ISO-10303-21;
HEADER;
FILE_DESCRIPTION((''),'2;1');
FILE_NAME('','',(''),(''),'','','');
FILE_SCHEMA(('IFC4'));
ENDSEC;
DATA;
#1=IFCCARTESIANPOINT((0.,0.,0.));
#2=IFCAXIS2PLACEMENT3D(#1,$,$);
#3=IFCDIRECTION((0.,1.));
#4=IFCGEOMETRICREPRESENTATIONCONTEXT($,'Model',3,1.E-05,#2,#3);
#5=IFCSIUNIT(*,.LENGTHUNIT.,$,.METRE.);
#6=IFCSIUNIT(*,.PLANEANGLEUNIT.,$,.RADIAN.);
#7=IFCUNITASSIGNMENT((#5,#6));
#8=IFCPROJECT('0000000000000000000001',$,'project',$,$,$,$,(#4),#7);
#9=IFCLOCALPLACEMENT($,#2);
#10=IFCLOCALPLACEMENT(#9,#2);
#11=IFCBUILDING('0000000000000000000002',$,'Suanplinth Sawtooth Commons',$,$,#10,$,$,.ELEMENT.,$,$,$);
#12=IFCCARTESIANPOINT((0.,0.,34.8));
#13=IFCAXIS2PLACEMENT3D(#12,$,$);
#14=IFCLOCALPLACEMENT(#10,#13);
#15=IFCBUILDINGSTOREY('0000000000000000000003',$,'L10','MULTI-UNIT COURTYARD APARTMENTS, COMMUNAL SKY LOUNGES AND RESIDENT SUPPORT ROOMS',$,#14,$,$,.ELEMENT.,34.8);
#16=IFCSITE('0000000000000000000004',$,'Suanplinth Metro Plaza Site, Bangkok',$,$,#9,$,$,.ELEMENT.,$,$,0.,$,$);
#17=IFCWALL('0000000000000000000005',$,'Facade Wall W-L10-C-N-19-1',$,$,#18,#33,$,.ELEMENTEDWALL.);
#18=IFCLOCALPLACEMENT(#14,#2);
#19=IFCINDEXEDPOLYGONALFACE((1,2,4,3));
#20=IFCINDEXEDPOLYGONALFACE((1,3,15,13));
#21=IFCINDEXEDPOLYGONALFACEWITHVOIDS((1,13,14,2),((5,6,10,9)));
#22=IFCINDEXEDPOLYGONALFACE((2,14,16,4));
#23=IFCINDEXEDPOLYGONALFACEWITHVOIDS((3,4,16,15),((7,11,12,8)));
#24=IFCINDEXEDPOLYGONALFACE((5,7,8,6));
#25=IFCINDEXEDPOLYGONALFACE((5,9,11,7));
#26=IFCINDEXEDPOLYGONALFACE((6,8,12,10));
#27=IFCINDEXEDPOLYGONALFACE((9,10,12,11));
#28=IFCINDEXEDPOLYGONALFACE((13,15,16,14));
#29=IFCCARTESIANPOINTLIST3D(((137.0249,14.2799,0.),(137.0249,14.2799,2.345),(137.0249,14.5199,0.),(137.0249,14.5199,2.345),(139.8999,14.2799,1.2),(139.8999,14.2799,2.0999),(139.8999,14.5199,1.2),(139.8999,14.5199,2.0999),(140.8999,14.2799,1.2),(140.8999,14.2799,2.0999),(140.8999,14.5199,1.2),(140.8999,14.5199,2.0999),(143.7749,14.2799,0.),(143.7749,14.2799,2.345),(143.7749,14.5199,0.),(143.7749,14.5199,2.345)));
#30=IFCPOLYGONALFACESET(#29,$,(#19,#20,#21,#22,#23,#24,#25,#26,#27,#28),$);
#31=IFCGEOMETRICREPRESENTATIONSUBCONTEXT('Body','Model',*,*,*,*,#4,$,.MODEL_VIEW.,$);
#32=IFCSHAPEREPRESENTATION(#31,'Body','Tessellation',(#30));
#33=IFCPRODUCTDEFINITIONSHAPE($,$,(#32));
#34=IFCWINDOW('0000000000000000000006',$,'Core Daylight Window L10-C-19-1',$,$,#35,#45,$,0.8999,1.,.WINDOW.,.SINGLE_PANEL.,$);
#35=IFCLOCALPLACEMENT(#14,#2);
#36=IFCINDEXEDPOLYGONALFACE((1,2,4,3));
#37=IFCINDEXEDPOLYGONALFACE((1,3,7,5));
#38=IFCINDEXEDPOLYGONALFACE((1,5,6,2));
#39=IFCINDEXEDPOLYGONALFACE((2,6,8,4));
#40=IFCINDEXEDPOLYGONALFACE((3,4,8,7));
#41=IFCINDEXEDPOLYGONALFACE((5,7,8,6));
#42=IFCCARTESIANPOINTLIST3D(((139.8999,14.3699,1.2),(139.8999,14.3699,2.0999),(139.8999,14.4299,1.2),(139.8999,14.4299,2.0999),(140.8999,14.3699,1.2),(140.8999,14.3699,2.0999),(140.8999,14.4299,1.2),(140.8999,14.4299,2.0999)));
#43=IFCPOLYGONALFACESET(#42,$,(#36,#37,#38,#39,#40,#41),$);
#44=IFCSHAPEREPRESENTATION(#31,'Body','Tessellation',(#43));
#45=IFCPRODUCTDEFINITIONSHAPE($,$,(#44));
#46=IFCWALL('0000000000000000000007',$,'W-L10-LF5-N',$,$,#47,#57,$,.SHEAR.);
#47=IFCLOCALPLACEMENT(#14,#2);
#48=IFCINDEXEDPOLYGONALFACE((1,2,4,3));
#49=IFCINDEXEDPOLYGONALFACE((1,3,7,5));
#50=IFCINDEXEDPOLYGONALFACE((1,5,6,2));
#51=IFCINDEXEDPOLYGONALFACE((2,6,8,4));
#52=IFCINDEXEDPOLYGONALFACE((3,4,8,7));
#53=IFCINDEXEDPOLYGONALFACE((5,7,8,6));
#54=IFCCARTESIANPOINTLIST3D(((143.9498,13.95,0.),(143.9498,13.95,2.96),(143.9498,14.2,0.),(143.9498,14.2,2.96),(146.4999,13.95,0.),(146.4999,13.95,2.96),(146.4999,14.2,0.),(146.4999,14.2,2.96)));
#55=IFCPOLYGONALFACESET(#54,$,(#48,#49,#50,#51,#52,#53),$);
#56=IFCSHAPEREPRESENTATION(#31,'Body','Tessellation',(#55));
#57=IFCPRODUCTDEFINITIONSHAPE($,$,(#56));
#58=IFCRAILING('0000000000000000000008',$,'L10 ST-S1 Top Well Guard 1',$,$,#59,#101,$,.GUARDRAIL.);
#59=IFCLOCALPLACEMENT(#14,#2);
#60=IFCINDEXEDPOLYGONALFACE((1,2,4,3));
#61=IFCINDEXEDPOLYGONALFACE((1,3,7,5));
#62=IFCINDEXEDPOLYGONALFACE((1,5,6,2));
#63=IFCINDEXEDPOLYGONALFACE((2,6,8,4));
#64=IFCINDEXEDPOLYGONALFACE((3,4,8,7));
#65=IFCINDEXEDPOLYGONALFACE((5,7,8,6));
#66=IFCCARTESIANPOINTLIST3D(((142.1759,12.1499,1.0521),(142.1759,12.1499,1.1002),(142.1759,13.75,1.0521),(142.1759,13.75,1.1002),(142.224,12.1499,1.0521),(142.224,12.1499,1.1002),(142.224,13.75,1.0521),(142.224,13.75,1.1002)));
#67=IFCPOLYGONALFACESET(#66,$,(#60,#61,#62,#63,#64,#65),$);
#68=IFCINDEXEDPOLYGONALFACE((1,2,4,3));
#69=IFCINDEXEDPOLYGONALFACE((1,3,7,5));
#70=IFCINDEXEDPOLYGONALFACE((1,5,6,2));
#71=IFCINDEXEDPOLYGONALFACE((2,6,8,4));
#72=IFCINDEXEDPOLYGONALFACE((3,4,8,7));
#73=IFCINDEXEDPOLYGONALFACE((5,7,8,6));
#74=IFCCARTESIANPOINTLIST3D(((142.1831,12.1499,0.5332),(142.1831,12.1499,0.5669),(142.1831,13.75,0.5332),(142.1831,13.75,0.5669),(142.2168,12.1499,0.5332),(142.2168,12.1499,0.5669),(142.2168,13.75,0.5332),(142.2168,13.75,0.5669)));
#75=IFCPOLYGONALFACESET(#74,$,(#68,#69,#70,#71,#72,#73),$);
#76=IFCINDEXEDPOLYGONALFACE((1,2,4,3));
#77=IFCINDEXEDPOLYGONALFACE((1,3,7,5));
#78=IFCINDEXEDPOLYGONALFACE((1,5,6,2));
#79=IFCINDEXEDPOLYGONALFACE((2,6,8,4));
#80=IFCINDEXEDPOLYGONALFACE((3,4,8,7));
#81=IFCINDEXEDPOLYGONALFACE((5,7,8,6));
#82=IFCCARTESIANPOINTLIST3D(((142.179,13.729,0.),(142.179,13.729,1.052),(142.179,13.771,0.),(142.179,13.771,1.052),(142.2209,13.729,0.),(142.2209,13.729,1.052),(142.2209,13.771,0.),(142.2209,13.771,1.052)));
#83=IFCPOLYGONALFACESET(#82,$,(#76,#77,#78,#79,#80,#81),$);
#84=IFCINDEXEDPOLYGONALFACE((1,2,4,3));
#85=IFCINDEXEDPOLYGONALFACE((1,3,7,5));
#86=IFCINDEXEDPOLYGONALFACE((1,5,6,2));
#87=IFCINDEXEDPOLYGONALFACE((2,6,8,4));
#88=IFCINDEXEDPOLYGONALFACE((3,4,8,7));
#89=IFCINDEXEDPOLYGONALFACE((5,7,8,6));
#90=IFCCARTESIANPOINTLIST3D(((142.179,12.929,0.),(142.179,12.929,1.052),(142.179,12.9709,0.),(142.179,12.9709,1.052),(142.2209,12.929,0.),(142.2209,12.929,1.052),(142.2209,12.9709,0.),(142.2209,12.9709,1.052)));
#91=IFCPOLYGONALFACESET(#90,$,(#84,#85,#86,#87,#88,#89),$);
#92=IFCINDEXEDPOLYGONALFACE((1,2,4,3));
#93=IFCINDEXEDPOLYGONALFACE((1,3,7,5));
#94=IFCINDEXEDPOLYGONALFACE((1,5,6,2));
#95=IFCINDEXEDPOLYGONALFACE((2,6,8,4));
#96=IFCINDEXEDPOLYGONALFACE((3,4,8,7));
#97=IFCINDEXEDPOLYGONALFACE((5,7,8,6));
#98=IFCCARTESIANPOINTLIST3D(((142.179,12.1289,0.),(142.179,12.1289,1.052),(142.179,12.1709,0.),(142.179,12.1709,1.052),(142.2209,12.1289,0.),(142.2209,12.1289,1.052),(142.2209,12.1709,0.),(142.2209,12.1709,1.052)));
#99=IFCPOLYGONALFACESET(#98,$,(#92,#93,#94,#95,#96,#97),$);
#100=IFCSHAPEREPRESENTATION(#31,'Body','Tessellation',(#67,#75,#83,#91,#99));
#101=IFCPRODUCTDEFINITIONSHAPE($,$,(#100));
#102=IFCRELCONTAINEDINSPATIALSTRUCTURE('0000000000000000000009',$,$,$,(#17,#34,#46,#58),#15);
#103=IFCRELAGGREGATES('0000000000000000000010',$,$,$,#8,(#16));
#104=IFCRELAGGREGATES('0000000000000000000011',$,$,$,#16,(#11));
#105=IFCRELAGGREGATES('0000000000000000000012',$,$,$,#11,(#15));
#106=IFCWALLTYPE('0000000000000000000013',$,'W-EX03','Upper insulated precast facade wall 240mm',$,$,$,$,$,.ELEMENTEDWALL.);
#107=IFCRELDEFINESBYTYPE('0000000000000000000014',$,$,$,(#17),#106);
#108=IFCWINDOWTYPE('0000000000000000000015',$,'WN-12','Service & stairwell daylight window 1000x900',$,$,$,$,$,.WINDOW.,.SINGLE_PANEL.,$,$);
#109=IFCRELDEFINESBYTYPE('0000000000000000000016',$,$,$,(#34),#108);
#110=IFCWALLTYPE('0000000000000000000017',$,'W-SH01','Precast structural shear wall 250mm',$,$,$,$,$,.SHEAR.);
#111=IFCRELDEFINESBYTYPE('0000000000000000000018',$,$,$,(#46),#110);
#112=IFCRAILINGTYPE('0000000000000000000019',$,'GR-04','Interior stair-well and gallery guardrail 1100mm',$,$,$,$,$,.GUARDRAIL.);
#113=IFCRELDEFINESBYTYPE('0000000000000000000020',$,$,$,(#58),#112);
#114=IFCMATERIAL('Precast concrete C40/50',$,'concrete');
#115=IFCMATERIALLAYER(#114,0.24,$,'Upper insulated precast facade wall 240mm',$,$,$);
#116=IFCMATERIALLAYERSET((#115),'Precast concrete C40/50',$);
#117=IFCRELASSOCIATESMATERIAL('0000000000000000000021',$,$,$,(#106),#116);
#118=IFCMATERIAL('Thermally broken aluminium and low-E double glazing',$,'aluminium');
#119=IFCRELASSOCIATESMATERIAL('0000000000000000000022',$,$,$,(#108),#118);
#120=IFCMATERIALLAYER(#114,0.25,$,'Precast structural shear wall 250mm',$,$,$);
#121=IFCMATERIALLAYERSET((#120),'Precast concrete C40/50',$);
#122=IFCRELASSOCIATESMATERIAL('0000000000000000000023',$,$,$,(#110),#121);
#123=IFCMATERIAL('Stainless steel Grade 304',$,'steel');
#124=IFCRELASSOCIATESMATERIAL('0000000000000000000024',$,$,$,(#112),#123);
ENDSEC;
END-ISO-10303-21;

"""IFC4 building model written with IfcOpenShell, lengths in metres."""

from ifc_helpers import new_model, si_unit, direction, frame, frame_2d, origin, origin_2d, place, context, subcontext, project, spatial, rectangle, extrude, material, layer, layer_set, type_object, element, fill, save


model = new_model("IFC4")

# Units and contexts
model_context = context("Model", 3, precision=1e-05, world=origin(), true_north=direction((0.0, 1.0)))
body_context = subcontext(model_context, "Body", "Model", "MODEL_VIEW")
ifc_project = project(units=[si_unit("LENGTHUNIT", "METRE"), si_unit("PLANEANGLEUNIT", "RADIAN")], contexts=[model_context])

# Site, building, storey
site_placement = place(None, origin())
site = spatial("IfcSite", under=ifc_project, at=site_placement, Name="Suanplinth Metro Plaza Site, Bangkok", CompositionType="ELEMENT", RefElevation=0.0)
building_placement = place(site_placement, origin())
building = spatial("IfcBuilding", under=site, at=building_placement, Name="Suanplinth Sawtooth Commons", CompositionType="ELEMENT")
storey_placement = place(building_placement, frame((0.0, 0.0, 34.8)))
storey = spatial("IfcBuildingStorey", under=building, at=storey_placement, Name="L10", Description="MULTI-UNIT COURTYARD APARTMENTS, COMMUNAL SKY LOUNGES AND RESIDENT SUPPORT ROOMS", CompositionType="ELEMENT", Elevation=34.8)

# Shared definitions
ifc_material_1 = material(Name="Precast concrete C40/50", Category="concrete")

# Wall, opening, window
ifc_layer_1 = layer(ifc_material_1, 0.24, Name="Upper insulated precast facade wall 240mm")
ifc_layer_set_1 = layer_set([ifc_layer_1], Name="Precast concrete C40/50")
wall_type_1 = type_object("IfcWallType", Name="W-EX03", Description="Upper insulated precast facade wall 240mm", PredefinedType="ELEMENTEDWALL", material=ifc_layer_set_1)
wall_1_placement = place(storey_placement, frame((137.0249, 14.3999, 0.0), z_axis=(0.0, 0.0, 1.0), x_axis=(1.0, 0.0, 0.0)))
wall_1 = element("IfcWall", 1, at=wall_1_placement, inside=storey, type_object=wall_type_1, Name="Facade Wall W-L10-C-N-19-1", PredefinedType="ELEMENTEDWALL", context=body_context, shape_type="SweptSolid", body=[
    extrude(rectangle(XDim=6.75, YDim=0.24, at=frame_2d((3.375, 0.0))), origin(), (0.0, 0.0, 1.0), 2.345),
])
opening_1_placement = place(wall_1_placement, frame((2.875, 0.0, 1.2)))
opening_1 = element("IfcOpeningElement", 2, at=opening_1_placement, cuts=wall_1, PredefinedType="OPENING", context=body_context, shape_type="SweptSolid", body=[
    extrude(rectangle(XDim=1.0, YDim=0.8999, at=frame_2d((0.5, 0.45))), frame((0.0, 0.1348, 0.0), z_axis=(0.0, -1.0, 0.0), x_axis=(1.0, 0.0, 0.0)), (0.0, 0.0, 1.0), 0.2698),
])
ifc_material_2 = material(Name="Thermally broken aluminium and low-E double glazing", Category="aluminium")
window_type = type_object("IfcWindowType", Name="WN-12", Description="Service & stairwell daylight window 1000x900", PartitioningType="SINGLE_PANEL", PredefinedType="WINDOW", material=ifc_material_2)
window_placement = place(opening_1_placement, origin())
window = element("IfcWindow", 3, at=window_placement, inside=storey, type_object=window_type, Name="Core Daylight Window L10-C-19-1", OverallHeight=0.8999, OverallWidth=1.0, PartitioningType="SINGLE_PANEL", PredefinedType="WINDOW", context=body_context, shape_type="SweptSolid", body=[
    extrude(rectangle(XDim=1.0, YDim=0.8999, at=frame_2d((0.5, 0.45))), frame((0.0, 0.03, 0.0), z_axis=(0.0, -1.0, 0.0), x_axis=(1.0, 0.0, 0.0)), (0.0, 0.0, 1.0), 0.0601),
])
fill(opening_1, window)

# Shared definitions
ifc_layer_2 = layer(ifc_material_1, 0.25, Name="Precast structural shear wall 250mm")
ifc_layer_set_2 = layer_set([ifc_layer_2], Name="Precast concrete C40/50")
wall_type_2 = type_object("IfcWallType", Name="W-SH01", Description="Precast structural shear wall 250mm", PredefinedType="SHEAR", material=ifc_layer_set_2)
ifc_material_3 = material(Name="Stainless steel Grade 304", Category="steel")

# Wall
wall_2_placement = place(storey_placement, frame((143.95, 14.075, 0.0), z_axis=(0.0, 0.0, 1.0), x_axis=(1.0, 0.0, 0.0)))
element("IfcWall", 4, at=wall_2_placement, inside=storey, type_object=wall_type_2, Name="W-L10-LF5-N", PredefinedType="SHEAR", context=body_context, shape_type="SweptSolid", body=[
    extrude(rectangle(XDim=2.55, YDim=0.25, at=frame_2d((1.2749, 0.0))), origin(), (0.0, 0.0, 1.0), 2.96),
])

# Railing
railing_type = type_object("IfcRailingType", Name="GR-04", Description="Interior stair-well and gallery guardrail 1100mm", PredefinedType="GUARDRAIL", material=ifc_material_3)
railing_placement = place(storey_placement, frame((142.2, 13.75, 0.0)))
element("IfcRailing", 5, at=railing_placement, inside=storey, type_object=railing_type, Name="L10 ST-S1 Top Well Guard 1", PredefinedType="GUARDRAIL", context=body_context, shape_type="SweptSolid", body=[
    extrude(rectangle(XDim=0.0481, YDim=0.0481, at=origin_2d()), frame((0.0, 0.0, 1.0762), z_axis=(0.0, -1.0, 0.0), x_axis=(1.0, 0.0, 0.0)), (0.0, 0.0, 1.0), 1.6001),
    extrude(rectangle(XDim=0.0337, YDim=0.0337, at=origin_2d()), frame((0.0, 0.0, 0.55), z_axis=(0.0, -1.0, 0.0), x_axis=(1.0, 0.0, 0.0)), (0.0, 0.0, 1.0), 1.6001),
    extrude(rectangle(XDim=0.042, YDim=0.042, at=origin_2d()), origin(), (0.0, 0.0, 1.0), 1.052),
    extrude(rectangle(XDim=0.042, YDim=0.042, at=origin_2d()), frame((0.0, -0.8, 0.0)), (0.0, 0.0, 1.0), 1.052),
    extrude(rectangle(XDim=0.042, YDim=0.042, at=origin_2d()), frame((0.0, -1.6001, 0.0)), (0.0, 0.0, 1.0), 1.052),
])

save(model, "model.ifc")
